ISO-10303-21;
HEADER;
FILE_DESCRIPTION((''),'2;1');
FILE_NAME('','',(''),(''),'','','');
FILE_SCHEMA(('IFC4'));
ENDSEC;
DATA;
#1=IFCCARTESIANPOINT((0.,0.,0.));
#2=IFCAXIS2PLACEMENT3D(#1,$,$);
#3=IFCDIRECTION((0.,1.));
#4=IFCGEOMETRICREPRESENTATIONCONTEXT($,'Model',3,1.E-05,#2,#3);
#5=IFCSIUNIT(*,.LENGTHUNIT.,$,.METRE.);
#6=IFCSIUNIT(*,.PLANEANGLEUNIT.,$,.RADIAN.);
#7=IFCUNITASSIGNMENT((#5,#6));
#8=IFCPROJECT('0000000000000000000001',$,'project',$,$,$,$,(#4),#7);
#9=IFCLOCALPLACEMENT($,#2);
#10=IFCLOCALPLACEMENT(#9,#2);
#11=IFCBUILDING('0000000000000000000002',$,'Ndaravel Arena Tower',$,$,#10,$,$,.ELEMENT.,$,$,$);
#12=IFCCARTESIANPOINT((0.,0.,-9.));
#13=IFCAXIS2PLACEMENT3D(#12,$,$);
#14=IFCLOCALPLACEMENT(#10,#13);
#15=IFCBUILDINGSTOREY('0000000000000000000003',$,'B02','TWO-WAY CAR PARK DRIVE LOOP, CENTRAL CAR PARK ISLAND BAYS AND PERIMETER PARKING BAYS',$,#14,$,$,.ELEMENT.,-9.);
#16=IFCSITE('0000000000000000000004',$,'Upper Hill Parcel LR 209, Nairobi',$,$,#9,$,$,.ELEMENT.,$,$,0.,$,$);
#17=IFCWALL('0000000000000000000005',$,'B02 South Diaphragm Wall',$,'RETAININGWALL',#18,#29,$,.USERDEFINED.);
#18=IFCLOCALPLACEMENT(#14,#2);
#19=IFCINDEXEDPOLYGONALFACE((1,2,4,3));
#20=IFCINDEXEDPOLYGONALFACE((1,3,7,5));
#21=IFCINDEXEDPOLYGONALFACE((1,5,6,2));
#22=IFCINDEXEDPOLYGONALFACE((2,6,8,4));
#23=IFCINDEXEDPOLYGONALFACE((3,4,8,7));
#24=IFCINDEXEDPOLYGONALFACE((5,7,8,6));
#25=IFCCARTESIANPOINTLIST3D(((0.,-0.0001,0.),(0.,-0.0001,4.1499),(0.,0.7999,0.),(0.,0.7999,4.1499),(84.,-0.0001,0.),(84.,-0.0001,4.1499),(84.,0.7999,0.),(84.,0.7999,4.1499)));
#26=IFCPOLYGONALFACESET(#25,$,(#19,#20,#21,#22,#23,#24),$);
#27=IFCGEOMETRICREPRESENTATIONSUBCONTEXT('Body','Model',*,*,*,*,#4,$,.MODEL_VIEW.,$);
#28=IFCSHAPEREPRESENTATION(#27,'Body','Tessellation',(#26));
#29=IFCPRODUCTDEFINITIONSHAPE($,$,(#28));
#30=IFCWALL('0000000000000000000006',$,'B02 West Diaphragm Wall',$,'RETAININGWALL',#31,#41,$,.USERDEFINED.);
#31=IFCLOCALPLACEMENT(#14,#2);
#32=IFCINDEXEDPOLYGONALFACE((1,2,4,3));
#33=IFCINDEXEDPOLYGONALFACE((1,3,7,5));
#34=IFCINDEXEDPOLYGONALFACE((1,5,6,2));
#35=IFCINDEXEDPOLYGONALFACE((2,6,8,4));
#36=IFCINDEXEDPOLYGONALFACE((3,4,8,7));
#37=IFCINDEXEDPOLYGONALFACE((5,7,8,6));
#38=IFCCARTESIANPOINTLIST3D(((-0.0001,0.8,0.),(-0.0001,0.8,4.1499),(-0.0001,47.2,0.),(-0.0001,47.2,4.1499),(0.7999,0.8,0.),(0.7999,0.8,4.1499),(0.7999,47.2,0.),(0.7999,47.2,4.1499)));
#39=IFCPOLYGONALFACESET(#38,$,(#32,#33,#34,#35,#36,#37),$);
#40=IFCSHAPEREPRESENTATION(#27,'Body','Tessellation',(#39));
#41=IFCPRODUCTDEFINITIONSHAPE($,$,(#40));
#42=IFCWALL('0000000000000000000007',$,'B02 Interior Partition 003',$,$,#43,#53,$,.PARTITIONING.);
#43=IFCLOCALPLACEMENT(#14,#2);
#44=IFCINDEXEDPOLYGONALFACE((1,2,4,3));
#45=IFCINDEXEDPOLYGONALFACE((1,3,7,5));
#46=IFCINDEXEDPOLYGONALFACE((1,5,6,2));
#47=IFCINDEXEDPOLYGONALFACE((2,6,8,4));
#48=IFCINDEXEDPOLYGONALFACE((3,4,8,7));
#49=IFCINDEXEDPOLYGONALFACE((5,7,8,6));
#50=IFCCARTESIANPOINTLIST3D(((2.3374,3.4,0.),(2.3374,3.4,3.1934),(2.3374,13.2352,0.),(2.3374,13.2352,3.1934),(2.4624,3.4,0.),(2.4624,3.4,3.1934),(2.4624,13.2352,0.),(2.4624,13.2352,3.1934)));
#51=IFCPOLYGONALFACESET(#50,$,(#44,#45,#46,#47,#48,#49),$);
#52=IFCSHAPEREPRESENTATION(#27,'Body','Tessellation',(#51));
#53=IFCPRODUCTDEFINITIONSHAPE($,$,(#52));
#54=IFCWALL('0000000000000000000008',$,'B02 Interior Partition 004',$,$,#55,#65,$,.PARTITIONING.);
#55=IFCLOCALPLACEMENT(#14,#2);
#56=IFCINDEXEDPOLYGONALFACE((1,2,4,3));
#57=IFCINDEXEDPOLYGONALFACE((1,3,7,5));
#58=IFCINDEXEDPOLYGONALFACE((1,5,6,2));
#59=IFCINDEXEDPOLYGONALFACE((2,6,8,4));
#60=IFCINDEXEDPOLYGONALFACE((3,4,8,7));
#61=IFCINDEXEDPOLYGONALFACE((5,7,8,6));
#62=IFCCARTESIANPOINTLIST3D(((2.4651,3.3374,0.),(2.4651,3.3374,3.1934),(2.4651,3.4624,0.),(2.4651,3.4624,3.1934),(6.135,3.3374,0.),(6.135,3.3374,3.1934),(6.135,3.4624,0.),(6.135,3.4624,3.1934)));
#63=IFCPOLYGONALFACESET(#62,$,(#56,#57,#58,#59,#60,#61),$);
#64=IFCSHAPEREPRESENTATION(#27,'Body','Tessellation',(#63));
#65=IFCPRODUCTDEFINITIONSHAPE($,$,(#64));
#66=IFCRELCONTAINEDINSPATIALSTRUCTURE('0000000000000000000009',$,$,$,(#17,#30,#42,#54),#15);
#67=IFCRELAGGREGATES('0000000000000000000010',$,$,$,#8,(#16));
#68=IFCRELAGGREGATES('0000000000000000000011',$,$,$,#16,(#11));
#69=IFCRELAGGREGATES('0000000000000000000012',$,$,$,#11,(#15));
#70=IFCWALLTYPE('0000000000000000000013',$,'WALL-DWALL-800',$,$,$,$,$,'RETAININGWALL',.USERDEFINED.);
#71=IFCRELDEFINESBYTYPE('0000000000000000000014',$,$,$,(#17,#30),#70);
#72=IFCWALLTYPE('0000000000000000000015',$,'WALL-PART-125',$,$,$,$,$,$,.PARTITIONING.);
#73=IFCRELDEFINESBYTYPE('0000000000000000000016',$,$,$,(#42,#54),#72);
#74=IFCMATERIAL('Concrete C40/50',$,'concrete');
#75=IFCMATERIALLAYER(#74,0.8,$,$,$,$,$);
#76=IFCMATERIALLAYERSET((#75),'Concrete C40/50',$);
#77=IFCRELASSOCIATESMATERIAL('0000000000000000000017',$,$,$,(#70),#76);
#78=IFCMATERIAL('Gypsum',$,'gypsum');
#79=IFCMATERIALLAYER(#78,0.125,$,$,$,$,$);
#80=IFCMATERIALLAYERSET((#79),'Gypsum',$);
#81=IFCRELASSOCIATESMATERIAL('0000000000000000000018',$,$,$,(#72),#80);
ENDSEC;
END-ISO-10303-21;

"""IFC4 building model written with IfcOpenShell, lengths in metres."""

from ifc_helpers import new_model, si_unit, direction, frame, frame_2d, origin, place, context, subcontext, project, spatial, rectangle, extrude, material, layer, layer_set, type_object, element, save


model = new_model("IFC4")

# Units and contexts
model_context = context("Model", 3, precision=1e-05, world=origin(), true_north=direction((0.0, 1.0)))
body_context = subcontext(model_context, "Body", "Model", "MODEL_VIEW")
ifc_project = project(units=[si_unit("LENGTHUNIT", "METRE"), si_unit("PLANEANGLEUNIT", "RADIAN")], contexts=[model_context])

# Site, building, storey
site_placement = place(None, origin())
site = spatial("IfcSite", under=ifc_project, at=site_placement, Name="Upper Hill Parcel LR 209, Nairobi", CompositionType="ELEMENT", RefElevation=0.0)
building_placement = place(site_placement, origin())
building = spatial("IfcBuilding", under=site, at=building_placement, Name="Ndaravel Arena Tower", CompositionType="ELEMENT")
storey_placement = place(building_placement, frame((0.0, 0.0, -9.0)))
storey = spatial("IfcBuildingStorey", under=building, at=storey_placement, Name="B02", Description="TWO-WAY CAR PARK DRIVE LOOP, CENTRAL CAR PARK ISLAND BAYS AND PERIMETER PARKING BAYS", CompositionType="ELEMENT", Elevation=-9.0)

# Walls
ifc_material_1 = material(Name="Concrete C40/50", Category="concrete")
ifc_layer_1 = layer(ifc_material_1, 0.8)
ifc_layer_set_1 = layer_set([ifc_layer_1], Name="Concrete C40/50")
wall_type_1 = type_object("IfcWallType", Name="WALL-DWALL-800", ElementType="RETAININGWALL", PredefinedType="USERDEFINED", material=ifc_layer_set_1)
wall_1_placement = place(storey_placement, frame((0.0, 0.3999, 0.0), z_axis=(0.0, 0.0, 1.0), x_axis=(1.0, 0.0, 0.0)))
element("IfcWall", 1, at=wall_1_placement, inside=storey, type_object=wall_type_1, Name="B02 South Diaphragm Wall", ObjectType="RETAININGWALL", PredefinedType="USERDEFINED", context=body_context, shape_type="SweptSolid", body=[
    extrude(rectangle(XDim=84.0, YDim=0.8, at=frame_2d((42.0, 0.0))), origin(), (0.0, 0.0, 1.0), 4.1499),
])
wall_2_placement = place(storey_placement, frame((0.3999, 0.8, 0.0), z_axis=(0.0, 0.0, 1.0), x_axis=(0.0, 1.0, 0.0)))
element("IfcWall", 2, at=wall_2_placement, inside=storey, type_object=wall_type_1, Name="B02 West Diaphragm Wall", ObjectType="RETAININGWALL", PredefinedType="USERDEFINED", context=body_context, shape_type="SweptSolid", body=[
    extrude(rectangle(XDim=46.3999, YDim=0.8, at=frame_2d((23.2, 0.0))), origin(), (0.0, 0.0, 1.0), 4.1499),
])
ifc_material_2 = material(Name="Gypsum", Category="gypsum")
ifc_layer_2 = layer(ifc_material_2, 0.125)
ifc_layer_set_2 = layer_set([ifc_layer_2], Name="Gypsum")
wall_type_2 = type_object("IfcWallType", Name="WALL-PART-125", PredefinedType="PARTITIONING", material=ifc_layer_set_2)
wall_3_placement = place(storey_placement, frame((2.3999, 13.2351, 0.0), z_axis=(0.0, 0.0, 1.0), x_axis=(0.0, -1.0, 0.0)))
element("IfcWall", 3, at=wall_3_placement, inside=storey, type_object=wall_type_2, Name="B02 Interior Partition 003", PredefinedType="PARTITIONING", context=body_context, shape_type="SweptSolid", body=[
    extrude(rectangle(XDim=9.8352, YDim=0.125, at=frame_2d((4.9175, 0.0))), origin(), (0.0, 0.0, 1.0), 3.1934),
])
wall_4_placement = place(storey_placement, frame((2.4651, 3.3999, 0.0), z_axis=(0.0, 0.0, 1.0), x_axis=(1.0, 0.0, 0.0)))
element("IfcWall", 4, at=wall_4_placement, inside=storey, type_object=wall_type_2, Name="B02 Interior Partition 004", PredefinedType="PARTITIONING", context=body_context, shape_type="SweptSolid", body=[
    extrude(rectangle(XDim=3.6699, YDim=0.125, at=frame_2d((1.835, 0.0))), origin(), (0.0, 0.0, 1.0), 3.1934),
])

save(model, "model.ifc")
